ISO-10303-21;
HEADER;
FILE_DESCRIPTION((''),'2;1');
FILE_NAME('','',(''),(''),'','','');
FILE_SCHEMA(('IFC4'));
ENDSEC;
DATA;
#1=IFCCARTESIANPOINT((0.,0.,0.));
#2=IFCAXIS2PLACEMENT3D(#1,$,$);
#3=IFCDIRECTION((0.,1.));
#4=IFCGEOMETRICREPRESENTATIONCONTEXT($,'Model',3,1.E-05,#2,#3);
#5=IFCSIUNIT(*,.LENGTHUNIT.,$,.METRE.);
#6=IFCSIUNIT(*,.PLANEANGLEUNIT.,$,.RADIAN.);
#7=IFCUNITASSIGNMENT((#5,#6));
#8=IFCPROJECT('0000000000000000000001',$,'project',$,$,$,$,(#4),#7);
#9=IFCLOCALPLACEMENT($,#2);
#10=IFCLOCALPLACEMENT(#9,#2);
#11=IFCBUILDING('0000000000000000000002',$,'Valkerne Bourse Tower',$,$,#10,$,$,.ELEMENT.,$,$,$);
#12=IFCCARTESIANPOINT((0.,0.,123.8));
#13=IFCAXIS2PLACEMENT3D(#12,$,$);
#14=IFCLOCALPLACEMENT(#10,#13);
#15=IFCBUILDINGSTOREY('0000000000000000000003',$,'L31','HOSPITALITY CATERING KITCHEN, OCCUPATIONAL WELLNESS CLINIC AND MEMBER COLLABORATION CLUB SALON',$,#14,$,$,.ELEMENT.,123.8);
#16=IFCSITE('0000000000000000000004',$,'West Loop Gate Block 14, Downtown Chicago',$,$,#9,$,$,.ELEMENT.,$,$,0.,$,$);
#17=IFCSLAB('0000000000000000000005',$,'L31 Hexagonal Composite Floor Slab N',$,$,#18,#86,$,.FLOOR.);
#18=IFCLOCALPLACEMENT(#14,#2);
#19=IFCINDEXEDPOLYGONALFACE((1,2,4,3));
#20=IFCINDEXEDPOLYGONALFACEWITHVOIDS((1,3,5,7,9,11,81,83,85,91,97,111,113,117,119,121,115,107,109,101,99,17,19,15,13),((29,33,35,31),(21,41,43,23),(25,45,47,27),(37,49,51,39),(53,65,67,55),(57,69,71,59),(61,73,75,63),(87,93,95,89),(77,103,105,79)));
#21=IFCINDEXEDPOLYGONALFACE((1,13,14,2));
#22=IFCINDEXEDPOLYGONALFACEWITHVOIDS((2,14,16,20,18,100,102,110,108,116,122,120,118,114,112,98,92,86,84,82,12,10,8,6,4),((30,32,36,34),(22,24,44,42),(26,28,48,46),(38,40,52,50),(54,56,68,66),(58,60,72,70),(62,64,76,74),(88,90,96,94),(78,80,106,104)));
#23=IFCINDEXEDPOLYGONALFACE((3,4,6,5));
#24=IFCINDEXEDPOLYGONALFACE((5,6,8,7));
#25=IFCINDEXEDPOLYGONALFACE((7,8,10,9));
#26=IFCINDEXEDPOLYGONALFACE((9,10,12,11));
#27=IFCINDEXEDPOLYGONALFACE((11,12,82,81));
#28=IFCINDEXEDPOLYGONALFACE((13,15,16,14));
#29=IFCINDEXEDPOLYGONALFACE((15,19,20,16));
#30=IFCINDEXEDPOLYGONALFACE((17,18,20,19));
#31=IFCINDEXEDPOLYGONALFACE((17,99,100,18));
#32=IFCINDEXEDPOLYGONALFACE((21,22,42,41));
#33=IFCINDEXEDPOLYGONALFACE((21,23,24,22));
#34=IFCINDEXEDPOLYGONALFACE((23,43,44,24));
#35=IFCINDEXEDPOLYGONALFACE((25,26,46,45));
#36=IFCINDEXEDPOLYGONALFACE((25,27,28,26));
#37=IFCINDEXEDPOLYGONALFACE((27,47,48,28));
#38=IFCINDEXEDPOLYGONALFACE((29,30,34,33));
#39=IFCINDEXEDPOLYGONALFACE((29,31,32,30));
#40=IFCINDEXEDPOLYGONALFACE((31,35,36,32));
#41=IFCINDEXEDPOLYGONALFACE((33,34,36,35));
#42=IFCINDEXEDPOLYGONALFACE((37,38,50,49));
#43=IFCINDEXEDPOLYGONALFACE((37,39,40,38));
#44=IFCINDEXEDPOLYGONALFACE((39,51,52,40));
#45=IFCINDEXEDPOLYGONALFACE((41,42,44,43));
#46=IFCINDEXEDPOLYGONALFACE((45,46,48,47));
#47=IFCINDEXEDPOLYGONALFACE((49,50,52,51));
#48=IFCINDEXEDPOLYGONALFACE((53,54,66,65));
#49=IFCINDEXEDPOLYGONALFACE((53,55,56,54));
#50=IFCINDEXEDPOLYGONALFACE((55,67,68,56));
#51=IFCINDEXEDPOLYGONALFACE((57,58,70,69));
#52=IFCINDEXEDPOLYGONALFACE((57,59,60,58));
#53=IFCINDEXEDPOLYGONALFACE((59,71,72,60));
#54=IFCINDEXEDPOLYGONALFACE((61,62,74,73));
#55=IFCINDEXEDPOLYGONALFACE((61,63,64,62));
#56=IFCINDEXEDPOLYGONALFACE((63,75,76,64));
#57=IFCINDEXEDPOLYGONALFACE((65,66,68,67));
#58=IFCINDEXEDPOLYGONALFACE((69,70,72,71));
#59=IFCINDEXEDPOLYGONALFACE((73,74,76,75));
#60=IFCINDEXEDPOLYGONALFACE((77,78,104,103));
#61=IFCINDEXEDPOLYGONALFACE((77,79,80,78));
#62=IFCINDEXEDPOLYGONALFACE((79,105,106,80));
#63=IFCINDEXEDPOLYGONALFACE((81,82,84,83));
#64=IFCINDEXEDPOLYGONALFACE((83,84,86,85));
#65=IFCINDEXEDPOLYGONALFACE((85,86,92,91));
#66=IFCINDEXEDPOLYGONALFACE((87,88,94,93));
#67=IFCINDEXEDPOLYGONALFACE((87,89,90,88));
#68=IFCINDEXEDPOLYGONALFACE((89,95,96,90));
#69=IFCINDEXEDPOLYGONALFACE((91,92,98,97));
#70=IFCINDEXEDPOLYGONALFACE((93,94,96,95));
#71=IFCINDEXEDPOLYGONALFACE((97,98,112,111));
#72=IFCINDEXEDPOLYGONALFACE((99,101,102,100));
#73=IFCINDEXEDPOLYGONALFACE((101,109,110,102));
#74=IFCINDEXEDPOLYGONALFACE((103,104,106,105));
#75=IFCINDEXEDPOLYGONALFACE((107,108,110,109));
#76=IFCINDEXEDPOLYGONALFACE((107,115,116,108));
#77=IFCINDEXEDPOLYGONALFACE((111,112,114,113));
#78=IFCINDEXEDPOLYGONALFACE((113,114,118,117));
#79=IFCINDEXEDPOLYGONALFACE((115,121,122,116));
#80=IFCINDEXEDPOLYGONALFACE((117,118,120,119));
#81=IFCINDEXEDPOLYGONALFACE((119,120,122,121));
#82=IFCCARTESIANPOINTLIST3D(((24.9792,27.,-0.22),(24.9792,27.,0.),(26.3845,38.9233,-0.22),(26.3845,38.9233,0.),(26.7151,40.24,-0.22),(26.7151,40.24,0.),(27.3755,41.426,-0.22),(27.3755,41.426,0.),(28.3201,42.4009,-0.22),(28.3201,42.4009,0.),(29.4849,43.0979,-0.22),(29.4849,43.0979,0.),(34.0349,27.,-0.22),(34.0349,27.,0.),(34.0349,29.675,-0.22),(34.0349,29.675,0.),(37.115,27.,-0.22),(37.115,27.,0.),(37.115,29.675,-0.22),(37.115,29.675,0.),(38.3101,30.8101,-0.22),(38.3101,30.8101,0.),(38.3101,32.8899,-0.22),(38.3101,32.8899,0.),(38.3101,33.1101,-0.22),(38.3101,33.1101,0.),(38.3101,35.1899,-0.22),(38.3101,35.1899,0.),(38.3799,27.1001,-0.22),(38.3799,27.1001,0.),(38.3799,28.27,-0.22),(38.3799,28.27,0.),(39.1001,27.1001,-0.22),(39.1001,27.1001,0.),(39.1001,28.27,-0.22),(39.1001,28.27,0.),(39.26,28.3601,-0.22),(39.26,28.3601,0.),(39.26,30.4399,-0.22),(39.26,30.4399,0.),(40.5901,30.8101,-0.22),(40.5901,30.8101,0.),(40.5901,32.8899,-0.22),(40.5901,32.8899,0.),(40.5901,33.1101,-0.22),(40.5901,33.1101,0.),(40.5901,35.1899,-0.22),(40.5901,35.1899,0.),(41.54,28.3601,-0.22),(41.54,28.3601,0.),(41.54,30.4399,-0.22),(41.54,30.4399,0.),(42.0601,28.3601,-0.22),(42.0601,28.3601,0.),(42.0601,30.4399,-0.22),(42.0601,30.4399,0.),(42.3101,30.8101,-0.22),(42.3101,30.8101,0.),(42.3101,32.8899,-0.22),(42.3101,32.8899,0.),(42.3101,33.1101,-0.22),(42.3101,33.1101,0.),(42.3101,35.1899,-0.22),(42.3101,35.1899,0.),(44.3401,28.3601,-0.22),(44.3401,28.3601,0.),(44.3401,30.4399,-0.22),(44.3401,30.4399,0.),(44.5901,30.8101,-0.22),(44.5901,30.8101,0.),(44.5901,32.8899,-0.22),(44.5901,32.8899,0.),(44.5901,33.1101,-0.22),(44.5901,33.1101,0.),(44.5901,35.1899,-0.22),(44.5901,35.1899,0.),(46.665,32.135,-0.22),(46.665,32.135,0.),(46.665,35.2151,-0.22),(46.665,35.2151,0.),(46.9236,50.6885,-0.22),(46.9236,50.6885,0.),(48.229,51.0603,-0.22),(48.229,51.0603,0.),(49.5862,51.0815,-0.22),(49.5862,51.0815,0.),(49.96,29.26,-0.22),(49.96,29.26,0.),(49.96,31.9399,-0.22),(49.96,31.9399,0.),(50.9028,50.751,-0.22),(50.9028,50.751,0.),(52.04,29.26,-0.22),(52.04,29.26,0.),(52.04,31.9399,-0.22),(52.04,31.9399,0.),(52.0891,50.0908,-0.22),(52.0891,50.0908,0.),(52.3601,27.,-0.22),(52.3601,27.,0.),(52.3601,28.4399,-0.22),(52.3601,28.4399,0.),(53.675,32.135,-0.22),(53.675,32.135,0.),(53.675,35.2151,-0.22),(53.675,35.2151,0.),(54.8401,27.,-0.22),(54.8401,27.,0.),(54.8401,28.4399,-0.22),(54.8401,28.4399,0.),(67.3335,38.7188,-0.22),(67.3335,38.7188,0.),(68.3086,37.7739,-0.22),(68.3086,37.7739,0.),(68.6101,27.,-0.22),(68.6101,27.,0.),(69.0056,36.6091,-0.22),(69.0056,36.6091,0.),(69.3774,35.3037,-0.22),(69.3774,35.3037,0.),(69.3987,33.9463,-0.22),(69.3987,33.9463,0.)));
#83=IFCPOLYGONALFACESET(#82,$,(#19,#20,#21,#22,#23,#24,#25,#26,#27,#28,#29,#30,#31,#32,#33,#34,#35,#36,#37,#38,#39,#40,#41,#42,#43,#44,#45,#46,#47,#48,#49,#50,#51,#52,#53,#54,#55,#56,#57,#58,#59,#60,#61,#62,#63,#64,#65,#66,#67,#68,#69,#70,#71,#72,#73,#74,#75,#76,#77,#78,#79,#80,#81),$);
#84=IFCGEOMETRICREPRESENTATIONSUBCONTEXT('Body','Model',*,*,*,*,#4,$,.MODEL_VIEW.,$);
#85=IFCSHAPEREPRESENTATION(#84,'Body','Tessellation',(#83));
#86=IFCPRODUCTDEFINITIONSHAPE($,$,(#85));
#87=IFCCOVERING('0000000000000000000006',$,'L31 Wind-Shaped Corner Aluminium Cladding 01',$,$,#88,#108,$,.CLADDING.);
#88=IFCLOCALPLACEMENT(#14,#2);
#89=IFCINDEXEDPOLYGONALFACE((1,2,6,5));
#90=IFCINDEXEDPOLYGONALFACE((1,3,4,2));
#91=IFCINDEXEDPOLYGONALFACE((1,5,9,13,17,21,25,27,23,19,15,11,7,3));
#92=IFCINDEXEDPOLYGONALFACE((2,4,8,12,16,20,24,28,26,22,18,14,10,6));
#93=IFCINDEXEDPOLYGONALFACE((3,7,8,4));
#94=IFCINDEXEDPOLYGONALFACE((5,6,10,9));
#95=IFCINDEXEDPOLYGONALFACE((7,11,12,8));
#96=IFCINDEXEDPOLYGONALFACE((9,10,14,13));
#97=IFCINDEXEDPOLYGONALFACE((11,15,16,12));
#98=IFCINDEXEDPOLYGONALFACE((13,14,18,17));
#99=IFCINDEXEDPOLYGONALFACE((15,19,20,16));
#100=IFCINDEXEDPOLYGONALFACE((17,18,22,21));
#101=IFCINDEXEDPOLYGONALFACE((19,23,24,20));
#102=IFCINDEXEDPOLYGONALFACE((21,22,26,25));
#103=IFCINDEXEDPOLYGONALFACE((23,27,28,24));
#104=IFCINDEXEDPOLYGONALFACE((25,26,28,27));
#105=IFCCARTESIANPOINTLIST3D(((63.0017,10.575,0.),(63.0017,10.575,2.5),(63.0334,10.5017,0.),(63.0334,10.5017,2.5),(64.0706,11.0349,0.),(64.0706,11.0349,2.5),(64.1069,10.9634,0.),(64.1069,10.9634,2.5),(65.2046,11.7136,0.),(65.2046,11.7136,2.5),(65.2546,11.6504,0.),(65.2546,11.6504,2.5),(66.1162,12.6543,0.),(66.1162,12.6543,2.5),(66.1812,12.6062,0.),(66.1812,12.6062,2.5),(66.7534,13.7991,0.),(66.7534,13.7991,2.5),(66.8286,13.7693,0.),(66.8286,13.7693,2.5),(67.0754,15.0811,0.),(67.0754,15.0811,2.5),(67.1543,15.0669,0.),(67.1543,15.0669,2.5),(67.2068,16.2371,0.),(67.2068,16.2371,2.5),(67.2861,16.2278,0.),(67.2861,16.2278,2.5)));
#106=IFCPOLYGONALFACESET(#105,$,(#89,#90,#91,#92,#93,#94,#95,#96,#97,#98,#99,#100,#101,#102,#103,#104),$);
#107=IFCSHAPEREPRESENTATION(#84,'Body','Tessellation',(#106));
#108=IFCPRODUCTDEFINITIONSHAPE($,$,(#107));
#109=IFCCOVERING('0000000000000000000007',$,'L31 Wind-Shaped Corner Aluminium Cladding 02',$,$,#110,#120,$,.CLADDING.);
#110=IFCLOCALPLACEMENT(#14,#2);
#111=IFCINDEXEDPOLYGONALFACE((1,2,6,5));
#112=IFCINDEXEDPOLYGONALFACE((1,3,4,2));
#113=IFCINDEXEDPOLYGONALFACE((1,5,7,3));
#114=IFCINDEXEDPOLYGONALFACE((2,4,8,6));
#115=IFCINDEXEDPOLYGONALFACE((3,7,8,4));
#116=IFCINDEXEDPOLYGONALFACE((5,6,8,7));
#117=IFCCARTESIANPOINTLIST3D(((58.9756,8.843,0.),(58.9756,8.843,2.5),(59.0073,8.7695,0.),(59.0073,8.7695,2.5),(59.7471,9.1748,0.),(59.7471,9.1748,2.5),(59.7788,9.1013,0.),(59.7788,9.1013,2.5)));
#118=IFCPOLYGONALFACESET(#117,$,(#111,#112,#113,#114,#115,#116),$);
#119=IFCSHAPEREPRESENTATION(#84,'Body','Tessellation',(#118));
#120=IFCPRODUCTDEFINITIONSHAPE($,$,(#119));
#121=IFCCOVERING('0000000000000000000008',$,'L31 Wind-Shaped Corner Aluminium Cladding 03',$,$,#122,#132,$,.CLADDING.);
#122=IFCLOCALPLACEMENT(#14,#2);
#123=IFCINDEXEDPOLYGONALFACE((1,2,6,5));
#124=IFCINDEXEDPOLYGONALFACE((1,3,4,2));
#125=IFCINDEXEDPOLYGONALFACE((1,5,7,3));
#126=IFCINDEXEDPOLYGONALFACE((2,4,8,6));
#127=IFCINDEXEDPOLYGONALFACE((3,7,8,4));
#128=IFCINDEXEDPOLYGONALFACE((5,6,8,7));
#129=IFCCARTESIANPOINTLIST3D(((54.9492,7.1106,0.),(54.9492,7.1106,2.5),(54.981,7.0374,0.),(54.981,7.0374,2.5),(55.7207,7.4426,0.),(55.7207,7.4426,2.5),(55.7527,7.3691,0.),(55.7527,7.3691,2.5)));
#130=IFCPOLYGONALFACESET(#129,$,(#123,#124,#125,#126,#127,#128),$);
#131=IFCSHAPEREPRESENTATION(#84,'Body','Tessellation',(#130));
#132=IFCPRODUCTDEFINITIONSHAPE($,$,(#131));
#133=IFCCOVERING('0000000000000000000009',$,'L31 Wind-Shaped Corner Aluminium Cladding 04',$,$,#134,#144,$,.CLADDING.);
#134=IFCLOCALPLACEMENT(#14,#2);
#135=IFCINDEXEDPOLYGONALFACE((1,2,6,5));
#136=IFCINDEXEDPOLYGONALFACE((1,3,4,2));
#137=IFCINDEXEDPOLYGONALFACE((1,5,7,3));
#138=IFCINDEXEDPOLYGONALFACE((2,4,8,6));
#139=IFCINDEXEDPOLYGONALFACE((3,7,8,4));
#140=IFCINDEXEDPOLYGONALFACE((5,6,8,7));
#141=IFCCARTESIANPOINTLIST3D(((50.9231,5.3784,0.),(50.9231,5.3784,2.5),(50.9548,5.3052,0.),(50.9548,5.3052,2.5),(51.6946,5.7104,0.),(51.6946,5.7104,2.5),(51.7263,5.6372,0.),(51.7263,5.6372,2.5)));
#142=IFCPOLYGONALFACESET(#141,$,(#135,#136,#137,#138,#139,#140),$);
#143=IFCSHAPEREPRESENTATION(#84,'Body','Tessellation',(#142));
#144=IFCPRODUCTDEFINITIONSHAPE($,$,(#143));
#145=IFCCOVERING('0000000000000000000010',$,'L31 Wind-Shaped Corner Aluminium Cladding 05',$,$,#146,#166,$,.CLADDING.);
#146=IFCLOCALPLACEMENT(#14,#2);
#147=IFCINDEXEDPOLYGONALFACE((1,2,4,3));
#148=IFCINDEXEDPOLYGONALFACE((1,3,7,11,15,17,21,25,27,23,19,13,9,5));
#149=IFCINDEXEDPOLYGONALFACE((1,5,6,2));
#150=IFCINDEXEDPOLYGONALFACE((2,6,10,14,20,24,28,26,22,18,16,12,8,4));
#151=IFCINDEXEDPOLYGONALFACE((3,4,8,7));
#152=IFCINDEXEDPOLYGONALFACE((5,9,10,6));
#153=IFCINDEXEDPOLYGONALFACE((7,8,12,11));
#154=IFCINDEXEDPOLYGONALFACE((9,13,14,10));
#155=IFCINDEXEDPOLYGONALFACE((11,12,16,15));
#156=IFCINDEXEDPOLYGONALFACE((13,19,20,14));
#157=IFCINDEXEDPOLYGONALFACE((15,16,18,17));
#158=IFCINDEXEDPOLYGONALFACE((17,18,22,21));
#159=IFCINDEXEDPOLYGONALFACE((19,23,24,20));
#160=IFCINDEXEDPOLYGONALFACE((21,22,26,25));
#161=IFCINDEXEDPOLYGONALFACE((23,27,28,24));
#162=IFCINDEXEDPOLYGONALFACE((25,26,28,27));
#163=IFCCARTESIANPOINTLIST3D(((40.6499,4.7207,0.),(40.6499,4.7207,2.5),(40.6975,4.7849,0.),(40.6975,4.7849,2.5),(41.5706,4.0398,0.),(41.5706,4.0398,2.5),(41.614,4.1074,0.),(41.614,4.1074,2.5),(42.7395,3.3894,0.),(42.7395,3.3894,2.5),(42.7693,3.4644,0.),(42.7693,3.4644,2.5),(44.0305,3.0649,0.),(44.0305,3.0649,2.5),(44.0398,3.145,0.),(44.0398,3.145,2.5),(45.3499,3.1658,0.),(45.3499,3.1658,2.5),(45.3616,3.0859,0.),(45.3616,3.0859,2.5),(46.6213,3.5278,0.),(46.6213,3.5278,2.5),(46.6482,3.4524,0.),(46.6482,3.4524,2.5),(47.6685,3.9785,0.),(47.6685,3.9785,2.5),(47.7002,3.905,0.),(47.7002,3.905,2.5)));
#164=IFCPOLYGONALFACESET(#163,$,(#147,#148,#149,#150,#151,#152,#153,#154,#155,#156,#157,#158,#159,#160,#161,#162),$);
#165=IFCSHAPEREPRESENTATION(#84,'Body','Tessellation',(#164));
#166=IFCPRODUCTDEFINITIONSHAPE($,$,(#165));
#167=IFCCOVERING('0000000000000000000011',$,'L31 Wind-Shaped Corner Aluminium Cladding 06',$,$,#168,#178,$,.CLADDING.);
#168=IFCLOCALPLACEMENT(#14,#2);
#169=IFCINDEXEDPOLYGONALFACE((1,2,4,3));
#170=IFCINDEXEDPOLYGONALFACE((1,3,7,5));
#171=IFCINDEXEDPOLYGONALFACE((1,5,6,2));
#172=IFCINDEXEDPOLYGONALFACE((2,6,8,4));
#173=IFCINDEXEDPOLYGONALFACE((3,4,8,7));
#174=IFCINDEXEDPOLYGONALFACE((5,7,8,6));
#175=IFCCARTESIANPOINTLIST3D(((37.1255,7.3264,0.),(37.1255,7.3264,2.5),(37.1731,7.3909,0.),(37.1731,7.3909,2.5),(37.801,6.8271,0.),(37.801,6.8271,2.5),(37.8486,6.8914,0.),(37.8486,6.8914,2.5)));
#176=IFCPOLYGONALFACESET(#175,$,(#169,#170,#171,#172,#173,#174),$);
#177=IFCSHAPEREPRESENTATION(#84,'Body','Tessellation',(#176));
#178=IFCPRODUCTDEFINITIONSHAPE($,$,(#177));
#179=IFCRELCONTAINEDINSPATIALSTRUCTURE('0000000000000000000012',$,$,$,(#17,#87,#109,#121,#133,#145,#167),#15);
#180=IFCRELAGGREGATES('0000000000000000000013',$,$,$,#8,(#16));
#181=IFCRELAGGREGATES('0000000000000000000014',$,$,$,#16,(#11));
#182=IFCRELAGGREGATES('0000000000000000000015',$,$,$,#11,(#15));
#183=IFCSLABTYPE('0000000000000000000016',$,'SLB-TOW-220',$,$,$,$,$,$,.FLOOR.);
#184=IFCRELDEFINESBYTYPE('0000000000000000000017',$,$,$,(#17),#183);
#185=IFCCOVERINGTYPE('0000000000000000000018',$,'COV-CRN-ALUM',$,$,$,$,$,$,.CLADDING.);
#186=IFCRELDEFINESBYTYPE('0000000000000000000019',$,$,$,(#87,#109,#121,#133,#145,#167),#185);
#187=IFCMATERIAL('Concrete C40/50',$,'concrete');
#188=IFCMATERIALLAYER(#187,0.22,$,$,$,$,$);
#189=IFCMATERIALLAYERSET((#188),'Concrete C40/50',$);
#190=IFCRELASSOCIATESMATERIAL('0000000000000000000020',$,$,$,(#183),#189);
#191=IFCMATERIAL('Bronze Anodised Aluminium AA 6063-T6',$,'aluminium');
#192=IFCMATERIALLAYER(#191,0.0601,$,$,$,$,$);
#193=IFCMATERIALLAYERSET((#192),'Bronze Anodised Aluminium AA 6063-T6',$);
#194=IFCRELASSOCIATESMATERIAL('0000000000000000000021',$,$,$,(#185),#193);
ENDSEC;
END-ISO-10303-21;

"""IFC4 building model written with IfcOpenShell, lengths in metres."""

from ifc_helpers import new_model, si_unit, direction, frame, origin, place, context, subcontext, project, spatial, polyline, outline, extrude, material, layer, layer_set, type_object, element, save


model = new_model("IFC4")

# Units and contexts
model_context = context("Model", 3, precision=1e-05, world=origin(), true_north=direction((0.0, 1.0)))
body_context = subcontext(model_context, "Body", "Model", "MODEL_VIEW")
ifc_project = project(units=[si_unit("LENGTHUNIT", "METRE"), si_unit("PLANEANGLEUNIT", "RADIAN")], contexts=[model_context])

# Site, building, storey
site_placement = place(None, origin())
site = spatial("IfcSite", under=ifc_project, at=site_placement, Name="West Loop Gate Block 14, Downtown Chicago", CompositionType="ELEMENT", RefElevation=0.0)
building_placement = place(site_placement, origin())
building = spatial("IfcBuilding", under=site, at=building_placement, Name="Valkerne Bourse Tower", CompositionType="ELEMENT")
storey_placement = place(building_placement, frame((0.0, 0.0, 123.8)))
storey = spatial("IfcBuildingStorey", under=building, at=storey_placement, Name="L31", Description="HOSPITALITY CATERING KITCHEN, OCCUPATIONAL WELLNESS CLINIC AND MEMBER COLLABORATION CLUB SALON", CompositionType="ELEMENT", Elevation=123.8)

# Slab
ifc_material_1 = material(Name="Concrete C40/50", Category="concrete")
ifc_layer_1 = layer(ifc_material_1, 0.22)
ifc_layer_set_1 = layer_set([ifc_layer_1], Name="Concrete C40/50")
slab_type_1 = type_object("IfcSlabType", Name="SLB-TOW-220", PredefinedType="FLOOR", material=ifc_layer_set_1)
slab_1_placement = place(storey_placement, frame((0.0, 0.0, -0.22)))
element("IfcSlab", 1, at=slab_1_placement, inside=storey, type_object=slab_type_1, Name="L31 Hexagonal Composite Floor Slab N", PredefinedType="FLOOR", context=body_context, shape_type="SweptSolid", body=[
    extrude(outline(polyline([(26.3845, 38.9233), (26.7151, 40.24), (27.3755, 41.426), (28.3201, 42.4009), (29.4849, 43.0979), (46.9236, 50.6885), (48.229, 51.0603), (49.5862, 51.0815), (50.9028, 50.751), (52.0891, 50.0908), (67.3335, 38.7188), (68.3086, 37.7739), (69.0056, 36.6091), (69.3774, 35.3037), (69.3987, 33.9463), (68.6101, 27.0), (54.8401, 27.0), (54.8401, 28.4399), (52.3601, 28.4399), (52.3601, 27.0), (37.115, 27.0), (37.115, 29.675), (34.0349, 29.675), (34.0349, 27.0), (24.9792, 27.0), (26.3845, 38.9233)]), holes=[polyline([(39.1001, 28.27), (38.3799, 28.27), (38.3799, 27.1001), (39.1001, 27.1001), (39.1001, 28.27)]), polyline([(41.54, 30.4399), (39.26, 30.4399), (39.26, 28.3601), (41.54, 28.3601), (41.54, 30.4399)]), polyline([(44.3401, 30.4399), (42.0601, 30.4399), (42.0601, 28.3601), (44.3401, 28.3601), (44.3401, 30.4399)]), polyline([(40.5901, 30.8101), (40.5901, 32.8899), (38.3101, 32.8899), (38.3101, 30.8101), (40.5901, 30.8101)]), polyline([(40.5901, 33.1101), (40.5901, 35.1899), (38.3101, 35.1899), (38.3101, 33.1101), (40.5901, 33.1101)]), polyline([(52.04, 31.9399), (49.96, 31.9399), (49.96, 29.26), (52.04, 29.26), (52.04, 31.9399)]), polyline([(44.5901, 32.8899), (42.3101, 32.8899), (42.3101, 30.8101), (44.5901, 30.8101), (44.5901, 32.8899)]), polyline([(53.675, 32.135), (53.675, 35.2151), (46.665, 35.2151), (46.665, 32.135), (53.675, 32.135)]), polyline([(44.5901, 33.1101), (44.5901, 35.1899), (42.3101, 35.1899), (42.3101, 33.1101), (44.5901, 33.1101)])]), origin(), (0.0, 0.0, 1.0), 0.22),
])

# Coverings
ifc_material_2 = material(Name="Bronze Anodised Aluminium AA 6063-T6", Category="aluminium")
ifc_layer_2 = layer(ifc_material_2, 0.0601)
ifc_layer_set_2 = layer_set([ifc_layer_2], Name="Bronze Anodised Aluminium AA 6063-T6")
covering_type = type_object("IfcCoveringType", Name="COV-CRN-ALUM", PredefinedType="CLADDING", material=ifc_layer_set_2)
covering_1_placement = place(storey_placement, origin())
element("IfcCovering", 2, at=covering_1_placement, inside=storey, type_object=covering_type, Name="L31 Wind-Shaped Corner Aluminium Cladding 01", PredefinedType="CLADDING", context=body_context, shape_type="SweptSolid", body=[
    extrude(outline(polyline([(66.8286, 13.7693), (66.1812, 12.6062), (65.2546, 11.6504), (64.1069, 10.9634), (63.0334, 10.5017), (63.0017, 10.575), (64.0706, 11.0349), (65.2046, 11.7136), (66.1162, 12.6543), (66.7534, 13.7991), (67.0754, 15.0811), (67.2068, 16.2371), (67.2861, 16.2278), (67.1543, 15.0669), (66.8286, 13.7693)])), origin(), (0.0, 0.0, 1.0), 2.5),
])
covering_2_placement = place(storey_placement, origin())
element("IfcCovering", 3, at=covering_2_placement, inside=storey, type_object=covering_type, Name="L31 Wind-Shaped Corner Aluminium Cladding 02", PredefinedType="CLADDING", context=body_context, shape_type="SweptSolid", body=[
    extrude(outline(polyline([(59.0073, 8.7695), (58.9756, 8.843), (59.7471, 9.1748), (59.7788, 9.1013), (59.0073, 8.7695)])), origin(), (0.0, 0.0, 1.0), 2.5),
])
covering_3_placement = place(storey_placement, origin())
element("IfcCovering", 4, at=covering_3_placement, inside=storey, type_object=covering_type, Name="L31 Wind-Shaped Corner Aluminium Cladding 03", PredefinedType="CLADDING", context=body_context, shape_type="SweptSolid", body=[
    extrude(outline(polyline([(54.981, 7.0374), (54.9492, 7.1106), (55.7207, 7.4426), (55.7527, 7.3691), (54.981, 7.0374)])), origin(), (0.0, 0.0, 1.0), 2.5),
])
covering_4_placement = place(storey_placement, origin())
element("IfcCovering", 5, at=covering_4_placement, inside=storey, type_object=covering_type, Name="L31 Wind-Shaped Corner Aluminium Cladding 04", PredefinedType="CLADDING", context=body_context, shape_type="SweptSolid", body=[
    extrude(outline(polyline([(50.9548, 5.3052), (50.9231, 5.3784), (51.6946, 5.7104), (51.7263, 5.6372), (50.9548, 5.3052)])), origin(), (0.0, 0.0, 1.0), 2.5),
])
covering_5_placement = place(storey_placement, origin())
element("IfcCovering", 6, at=covering_5_placement, inside=storey, type_object=covering_type, Name="L31 Wind-Shaped Corner Aluminium Cladding 05", PredefinedType="CLADDING", context=body_context, shape_type="SweptSolid", body=[
    extrude(outline(polyline([(46.6482, 3.4524), (45.3616, 3.0859), (44.0305, 3.0649), (42.7395, 3.3894), (41.5706, 4.0398), (40.6499, 4.7207), (40.6975, 4.7849), (41.614, 4.1074), (42.7693, 3.4644), (44.0398, 3.145), (45.3499, 3.1658), (46.6213, 3.5278), (47.6685, 3.9785), (47.7002, 3.905), (46.6482, 3.4524)])), origin(), (0.0, 0.0, 1.0), 2.5),
])
covering_6_placement = place(storey_placement, origin())
element("IfcCovering", 7, at=covering_6_placement, inside=storey, type_object=covering_type, Name="L31 Wind-Shaped Corner Aluminium Cladding 06", PredefinedType="CLADDING", context=body_context, shape_type="SweptSolid", body=[
    extrude(outline(polyline([(37.1255, 7.3264), (37.1731, 7.3909), (37.8486, 6.8914), (37.801, 6.8271), (37.1255, 7.3264)])), origin(), (0.0, 0.0, 1.0), 2.5),
])

save(model, "model.ifc")
